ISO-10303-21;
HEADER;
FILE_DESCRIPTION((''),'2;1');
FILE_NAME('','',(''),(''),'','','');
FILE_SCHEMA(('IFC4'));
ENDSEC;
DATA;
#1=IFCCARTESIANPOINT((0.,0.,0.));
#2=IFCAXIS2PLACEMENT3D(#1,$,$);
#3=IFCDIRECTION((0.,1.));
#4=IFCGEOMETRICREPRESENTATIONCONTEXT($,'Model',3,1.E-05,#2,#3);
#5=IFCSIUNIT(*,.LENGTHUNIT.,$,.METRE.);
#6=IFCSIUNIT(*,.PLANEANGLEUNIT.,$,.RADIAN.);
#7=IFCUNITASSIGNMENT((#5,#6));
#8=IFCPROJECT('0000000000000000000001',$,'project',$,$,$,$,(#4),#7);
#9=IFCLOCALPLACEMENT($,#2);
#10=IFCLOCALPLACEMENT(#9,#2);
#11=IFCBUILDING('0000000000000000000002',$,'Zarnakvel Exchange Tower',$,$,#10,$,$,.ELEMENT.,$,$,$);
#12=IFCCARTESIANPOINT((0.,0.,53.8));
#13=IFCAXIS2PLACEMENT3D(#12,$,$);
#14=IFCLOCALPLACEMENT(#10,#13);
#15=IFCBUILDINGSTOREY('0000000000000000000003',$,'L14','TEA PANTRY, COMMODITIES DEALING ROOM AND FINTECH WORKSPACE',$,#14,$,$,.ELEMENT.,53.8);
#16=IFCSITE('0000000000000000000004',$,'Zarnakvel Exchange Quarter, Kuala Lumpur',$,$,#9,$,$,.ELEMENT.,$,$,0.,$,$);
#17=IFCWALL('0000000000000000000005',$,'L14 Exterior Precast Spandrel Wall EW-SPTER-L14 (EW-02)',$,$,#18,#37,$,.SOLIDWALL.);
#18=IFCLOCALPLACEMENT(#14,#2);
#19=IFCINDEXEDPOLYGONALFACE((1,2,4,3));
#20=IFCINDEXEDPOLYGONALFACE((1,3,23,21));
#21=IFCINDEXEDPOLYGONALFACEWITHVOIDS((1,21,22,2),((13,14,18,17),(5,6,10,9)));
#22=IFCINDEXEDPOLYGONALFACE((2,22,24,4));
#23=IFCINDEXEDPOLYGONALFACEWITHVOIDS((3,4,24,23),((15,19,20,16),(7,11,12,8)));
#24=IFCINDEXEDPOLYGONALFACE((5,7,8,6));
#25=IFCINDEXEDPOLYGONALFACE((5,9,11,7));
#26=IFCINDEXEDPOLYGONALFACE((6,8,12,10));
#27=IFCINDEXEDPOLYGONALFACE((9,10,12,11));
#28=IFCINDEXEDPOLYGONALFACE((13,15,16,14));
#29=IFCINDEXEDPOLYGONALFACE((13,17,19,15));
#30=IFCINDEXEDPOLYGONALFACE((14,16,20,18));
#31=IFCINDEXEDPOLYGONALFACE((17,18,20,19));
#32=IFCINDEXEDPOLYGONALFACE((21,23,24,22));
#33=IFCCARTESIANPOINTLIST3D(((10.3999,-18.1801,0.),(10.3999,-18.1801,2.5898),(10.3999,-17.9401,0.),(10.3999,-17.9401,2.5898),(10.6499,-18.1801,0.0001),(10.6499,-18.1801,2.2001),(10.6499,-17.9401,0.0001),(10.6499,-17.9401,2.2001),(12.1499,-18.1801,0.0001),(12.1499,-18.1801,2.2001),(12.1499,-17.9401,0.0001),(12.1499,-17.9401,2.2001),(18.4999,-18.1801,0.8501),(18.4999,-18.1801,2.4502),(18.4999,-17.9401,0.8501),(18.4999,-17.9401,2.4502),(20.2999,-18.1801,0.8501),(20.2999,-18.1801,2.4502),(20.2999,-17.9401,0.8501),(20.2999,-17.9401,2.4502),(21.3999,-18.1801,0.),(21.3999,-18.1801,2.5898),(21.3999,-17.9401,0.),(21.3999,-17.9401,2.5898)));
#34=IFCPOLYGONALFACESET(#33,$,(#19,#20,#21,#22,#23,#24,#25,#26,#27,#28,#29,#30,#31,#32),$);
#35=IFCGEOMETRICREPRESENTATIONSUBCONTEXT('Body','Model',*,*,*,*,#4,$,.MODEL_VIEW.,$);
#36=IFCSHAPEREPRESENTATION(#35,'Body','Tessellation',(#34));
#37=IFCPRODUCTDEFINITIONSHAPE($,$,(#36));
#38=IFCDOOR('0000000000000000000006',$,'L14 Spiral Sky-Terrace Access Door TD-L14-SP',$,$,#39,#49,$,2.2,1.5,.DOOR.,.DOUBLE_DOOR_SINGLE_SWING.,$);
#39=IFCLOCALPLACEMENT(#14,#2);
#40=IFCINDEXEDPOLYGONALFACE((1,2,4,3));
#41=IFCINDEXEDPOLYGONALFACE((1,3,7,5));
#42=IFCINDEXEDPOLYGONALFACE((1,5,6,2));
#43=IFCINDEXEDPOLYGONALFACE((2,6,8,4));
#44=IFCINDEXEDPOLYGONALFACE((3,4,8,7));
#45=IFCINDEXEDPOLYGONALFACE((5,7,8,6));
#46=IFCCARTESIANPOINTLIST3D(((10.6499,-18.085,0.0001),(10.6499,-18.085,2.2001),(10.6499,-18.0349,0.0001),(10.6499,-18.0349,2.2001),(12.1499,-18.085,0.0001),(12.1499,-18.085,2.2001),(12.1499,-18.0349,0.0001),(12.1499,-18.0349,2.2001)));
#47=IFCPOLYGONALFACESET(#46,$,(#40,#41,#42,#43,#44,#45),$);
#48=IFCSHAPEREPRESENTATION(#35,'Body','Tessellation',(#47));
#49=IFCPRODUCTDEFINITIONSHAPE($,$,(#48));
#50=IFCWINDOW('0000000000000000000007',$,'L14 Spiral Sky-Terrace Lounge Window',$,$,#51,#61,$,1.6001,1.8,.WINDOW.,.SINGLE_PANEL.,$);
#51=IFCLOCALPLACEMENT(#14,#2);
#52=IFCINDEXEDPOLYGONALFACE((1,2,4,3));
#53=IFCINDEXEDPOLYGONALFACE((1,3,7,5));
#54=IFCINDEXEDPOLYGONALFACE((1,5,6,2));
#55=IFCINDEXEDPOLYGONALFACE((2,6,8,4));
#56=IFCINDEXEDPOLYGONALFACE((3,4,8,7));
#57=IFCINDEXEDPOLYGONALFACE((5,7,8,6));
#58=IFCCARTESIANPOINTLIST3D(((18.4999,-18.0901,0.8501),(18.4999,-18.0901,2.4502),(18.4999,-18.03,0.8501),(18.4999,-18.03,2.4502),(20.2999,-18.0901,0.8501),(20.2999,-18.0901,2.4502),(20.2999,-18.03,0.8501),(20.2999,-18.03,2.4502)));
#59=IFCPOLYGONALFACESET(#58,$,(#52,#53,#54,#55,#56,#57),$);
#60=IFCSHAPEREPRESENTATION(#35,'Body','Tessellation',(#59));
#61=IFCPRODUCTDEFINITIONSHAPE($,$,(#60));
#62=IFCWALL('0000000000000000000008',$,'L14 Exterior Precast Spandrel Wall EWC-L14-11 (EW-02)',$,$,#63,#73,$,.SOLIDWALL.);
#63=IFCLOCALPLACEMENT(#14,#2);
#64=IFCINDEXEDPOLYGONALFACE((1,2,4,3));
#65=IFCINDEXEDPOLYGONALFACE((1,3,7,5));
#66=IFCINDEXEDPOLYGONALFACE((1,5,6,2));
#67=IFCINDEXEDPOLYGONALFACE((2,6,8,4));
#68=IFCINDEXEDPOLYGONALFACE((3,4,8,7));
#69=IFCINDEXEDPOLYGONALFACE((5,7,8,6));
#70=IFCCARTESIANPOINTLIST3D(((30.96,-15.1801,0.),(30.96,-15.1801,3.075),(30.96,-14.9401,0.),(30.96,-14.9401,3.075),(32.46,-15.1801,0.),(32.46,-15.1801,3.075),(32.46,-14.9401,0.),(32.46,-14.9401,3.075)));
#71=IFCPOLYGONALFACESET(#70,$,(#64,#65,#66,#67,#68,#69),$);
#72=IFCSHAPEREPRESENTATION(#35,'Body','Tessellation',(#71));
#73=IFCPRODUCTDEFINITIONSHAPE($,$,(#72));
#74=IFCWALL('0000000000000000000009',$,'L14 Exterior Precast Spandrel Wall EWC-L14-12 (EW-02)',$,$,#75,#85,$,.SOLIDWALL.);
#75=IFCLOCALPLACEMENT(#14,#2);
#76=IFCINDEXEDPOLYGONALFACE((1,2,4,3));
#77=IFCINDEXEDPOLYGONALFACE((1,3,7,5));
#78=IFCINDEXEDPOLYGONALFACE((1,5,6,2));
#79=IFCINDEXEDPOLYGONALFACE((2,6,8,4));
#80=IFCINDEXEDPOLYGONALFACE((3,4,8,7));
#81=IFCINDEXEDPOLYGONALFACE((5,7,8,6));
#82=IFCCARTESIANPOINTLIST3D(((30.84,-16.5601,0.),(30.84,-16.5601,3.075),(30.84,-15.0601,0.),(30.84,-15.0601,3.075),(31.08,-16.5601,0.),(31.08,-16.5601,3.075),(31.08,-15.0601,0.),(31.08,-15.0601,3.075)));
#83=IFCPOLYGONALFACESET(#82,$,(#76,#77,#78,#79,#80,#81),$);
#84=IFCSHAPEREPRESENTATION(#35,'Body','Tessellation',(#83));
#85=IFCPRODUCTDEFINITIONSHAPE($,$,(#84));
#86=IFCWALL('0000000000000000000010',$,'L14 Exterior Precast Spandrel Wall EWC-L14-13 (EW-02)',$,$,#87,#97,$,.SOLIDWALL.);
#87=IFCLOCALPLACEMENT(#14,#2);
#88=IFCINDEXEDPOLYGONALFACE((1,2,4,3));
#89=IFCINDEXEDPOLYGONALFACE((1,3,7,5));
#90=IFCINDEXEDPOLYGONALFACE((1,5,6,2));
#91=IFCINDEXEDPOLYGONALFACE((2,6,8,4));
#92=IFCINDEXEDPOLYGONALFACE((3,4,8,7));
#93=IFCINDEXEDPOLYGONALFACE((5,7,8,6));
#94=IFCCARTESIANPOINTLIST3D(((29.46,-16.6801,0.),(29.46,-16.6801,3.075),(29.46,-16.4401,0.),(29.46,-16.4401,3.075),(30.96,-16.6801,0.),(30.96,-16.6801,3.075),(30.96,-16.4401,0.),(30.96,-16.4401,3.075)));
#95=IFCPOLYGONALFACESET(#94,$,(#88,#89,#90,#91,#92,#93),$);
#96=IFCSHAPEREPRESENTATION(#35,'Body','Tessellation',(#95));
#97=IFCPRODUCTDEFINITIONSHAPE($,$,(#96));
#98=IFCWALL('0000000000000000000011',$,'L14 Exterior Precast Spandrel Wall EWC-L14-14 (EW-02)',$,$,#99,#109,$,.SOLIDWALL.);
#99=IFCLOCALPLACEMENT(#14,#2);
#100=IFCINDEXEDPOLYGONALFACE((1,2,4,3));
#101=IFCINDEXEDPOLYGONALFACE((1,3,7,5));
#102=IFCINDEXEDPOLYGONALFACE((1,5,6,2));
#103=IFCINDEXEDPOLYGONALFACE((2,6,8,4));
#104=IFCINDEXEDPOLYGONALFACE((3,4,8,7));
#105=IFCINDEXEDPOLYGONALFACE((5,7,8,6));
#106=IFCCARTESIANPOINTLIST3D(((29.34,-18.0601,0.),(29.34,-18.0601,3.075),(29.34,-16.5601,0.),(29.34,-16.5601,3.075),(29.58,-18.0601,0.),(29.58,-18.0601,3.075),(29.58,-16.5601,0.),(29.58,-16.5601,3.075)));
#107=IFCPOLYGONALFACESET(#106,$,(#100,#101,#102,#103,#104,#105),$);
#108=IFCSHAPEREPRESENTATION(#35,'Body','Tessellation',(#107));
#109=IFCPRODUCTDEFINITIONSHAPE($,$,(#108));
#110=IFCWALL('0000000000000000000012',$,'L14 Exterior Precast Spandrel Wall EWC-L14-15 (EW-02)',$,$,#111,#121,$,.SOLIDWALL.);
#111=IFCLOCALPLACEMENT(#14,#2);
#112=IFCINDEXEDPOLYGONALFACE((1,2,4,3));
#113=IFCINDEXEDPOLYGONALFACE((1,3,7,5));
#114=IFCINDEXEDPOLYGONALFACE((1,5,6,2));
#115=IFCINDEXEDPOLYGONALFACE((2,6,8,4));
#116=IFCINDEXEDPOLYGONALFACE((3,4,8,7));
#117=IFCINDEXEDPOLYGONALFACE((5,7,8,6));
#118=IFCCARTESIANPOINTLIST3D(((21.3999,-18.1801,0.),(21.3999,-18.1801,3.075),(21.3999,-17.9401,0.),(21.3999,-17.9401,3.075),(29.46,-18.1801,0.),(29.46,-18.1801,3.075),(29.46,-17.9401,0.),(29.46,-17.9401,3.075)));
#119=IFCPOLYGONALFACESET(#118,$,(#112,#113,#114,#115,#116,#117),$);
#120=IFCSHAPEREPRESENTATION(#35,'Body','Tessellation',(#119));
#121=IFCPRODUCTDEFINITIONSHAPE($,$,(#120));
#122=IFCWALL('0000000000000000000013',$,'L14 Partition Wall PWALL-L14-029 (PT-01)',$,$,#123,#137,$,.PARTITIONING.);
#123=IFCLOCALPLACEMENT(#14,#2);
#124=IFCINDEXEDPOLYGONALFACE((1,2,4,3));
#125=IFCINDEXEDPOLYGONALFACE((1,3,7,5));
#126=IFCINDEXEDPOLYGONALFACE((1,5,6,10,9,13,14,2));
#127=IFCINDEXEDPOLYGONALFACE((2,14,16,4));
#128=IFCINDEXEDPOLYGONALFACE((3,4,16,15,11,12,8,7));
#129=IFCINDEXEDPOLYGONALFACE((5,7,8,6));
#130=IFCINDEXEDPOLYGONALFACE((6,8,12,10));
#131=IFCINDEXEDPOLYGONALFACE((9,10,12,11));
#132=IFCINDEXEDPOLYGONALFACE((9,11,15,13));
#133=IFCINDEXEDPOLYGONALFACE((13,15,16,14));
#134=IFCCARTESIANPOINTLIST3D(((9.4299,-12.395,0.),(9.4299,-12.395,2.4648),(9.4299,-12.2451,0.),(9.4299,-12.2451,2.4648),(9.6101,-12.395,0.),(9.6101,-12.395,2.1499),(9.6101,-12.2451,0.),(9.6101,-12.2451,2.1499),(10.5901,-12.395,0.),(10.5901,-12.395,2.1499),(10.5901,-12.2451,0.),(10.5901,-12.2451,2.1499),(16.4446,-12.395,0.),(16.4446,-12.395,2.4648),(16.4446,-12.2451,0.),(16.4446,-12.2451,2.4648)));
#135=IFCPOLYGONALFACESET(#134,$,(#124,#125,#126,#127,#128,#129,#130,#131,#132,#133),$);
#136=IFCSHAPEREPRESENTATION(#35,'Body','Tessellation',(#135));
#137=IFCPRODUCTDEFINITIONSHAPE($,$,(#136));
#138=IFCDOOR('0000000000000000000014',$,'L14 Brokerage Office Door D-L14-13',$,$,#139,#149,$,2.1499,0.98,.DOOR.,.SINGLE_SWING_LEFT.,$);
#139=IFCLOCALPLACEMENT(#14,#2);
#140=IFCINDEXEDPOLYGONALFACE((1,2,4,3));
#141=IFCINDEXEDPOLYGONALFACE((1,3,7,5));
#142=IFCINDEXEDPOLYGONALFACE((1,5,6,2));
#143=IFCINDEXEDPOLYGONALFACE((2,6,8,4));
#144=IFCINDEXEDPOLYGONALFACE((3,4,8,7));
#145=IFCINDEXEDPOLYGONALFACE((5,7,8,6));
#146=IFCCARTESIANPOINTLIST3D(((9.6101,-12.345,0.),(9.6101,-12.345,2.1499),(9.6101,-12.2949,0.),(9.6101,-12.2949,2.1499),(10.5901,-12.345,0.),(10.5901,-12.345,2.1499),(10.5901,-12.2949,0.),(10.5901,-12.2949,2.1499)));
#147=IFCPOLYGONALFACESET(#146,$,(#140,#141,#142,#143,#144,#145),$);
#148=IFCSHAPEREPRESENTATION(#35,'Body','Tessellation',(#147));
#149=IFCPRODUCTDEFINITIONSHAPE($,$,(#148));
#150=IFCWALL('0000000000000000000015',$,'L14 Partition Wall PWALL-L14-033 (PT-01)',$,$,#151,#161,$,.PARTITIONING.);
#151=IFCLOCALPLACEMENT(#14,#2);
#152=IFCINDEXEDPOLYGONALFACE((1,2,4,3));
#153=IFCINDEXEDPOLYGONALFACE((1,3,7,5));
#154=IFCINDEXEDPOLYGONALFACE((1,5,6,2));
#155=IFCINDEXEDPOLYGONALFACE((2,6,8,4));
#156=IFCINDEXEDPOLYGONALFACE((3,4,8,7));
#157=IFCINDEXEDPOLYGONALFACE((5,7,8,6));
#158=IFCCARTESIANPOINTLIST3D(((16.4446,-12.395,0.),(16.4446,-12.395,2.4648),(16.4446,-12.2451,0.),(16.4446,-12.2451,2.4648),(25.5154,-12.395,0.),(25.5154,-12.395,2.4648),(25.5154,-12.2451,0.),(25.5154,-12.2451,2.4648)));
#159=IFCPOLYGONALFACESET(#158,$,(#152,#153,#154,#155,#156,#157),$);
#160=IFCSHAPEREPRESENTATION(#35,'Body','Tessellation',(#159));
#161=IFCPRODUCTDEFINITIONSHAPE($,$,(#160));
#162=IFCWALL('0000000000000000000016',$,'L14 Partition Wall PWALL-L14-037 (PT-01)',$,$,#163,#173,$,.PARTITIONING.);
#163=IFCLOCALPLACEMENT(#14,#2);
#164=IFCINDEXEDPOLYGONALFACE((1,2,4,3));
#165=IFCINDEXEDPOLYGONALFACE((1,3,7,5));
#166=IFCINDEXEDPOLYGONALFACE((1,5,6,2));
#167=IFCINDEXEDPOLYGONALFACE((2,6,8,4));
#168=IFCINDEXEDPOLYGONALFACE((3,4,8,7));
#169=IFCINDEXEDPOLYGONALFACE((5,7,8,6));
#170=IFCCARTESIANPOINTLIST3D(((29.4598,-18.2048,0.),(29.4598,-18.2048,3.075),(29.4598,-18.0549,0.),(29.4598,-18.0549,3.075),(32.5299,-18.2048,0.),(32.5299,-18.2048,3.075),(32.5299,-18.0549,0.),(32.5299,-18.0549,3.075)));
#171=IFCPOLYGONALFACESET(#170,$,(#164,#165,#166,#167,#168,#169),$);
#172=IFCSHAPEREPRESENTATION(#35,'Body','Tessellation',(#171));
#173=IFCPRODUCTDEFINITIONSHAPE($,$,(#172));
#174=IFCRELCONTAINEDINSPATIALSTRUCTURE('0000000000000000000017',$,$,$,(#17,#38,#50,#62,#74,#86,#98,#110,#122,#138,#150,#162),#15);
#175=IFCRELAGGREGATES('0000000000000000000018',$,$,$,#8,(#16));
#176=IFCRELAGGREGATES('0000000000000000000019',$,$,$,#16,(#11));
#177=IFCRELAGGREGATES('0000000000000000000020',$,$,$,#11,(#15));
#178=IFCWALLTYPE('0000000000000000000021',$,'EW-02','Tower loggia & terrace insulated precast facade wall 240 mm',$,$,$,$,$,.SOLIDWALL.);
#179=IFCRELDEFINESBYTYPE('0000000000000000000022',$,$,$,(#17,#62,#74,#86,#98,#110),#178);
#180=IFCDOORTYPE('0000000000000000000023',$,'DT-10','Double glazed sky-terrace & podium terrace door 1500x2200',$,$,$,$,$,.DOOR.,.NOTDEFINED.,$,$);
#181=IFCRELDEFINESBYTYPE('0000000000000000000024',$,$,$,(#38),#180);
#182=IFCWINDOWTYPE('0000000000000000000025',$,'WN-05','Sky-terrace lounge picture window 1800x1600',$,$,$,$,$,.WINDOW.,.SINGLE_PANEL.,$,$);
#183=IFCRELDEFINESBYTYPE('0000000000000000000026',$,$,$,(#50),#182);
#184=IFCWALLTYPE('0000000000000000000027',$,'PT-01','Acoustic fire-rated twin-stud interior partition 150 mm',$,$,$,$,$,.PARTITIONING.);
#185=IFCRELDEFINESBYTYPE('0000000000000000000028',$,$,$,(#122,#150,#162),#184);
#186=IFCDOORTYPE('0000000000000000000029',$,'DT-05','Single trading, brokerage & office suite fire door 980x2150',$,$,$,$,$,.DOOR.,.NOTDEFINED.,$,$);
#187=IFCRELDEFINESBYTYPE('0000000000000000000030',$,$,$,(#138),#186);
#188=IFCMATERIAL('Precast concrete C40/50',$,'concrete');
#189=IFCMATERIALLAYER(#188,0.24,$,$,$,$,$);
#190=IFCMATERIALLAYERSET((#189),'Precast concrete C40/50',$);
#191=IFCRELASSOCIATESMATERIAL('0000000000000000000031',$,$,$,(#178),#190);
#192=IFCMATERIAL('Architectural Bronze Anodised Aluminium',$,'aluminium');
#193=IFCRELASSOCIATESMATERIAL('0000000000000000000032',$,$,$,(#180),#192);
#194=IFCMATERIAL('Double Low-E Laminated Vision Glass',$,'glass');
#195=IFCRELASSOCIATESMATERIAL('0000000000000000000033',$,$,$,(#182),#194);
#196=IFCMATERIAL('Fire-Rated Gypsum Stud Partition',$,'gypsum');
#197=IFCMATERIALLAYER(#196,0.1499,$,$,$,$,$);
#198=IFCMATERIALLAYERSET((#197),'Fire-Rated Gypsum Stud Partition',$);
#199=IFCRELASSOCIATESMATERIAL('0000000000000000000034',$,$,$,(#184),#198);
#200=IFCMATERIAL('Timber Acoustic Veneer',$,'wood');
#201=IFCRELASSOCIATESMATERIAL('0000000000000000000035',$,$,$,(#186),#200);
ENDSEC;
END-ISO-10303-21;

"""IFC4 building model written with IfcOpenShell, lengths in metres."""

from ifc_helpers import new_model, si_unit, direction, frame, frame_2d, origin, place, context, subcontext, project, spatial, rectangle, extrude, source, transform, mapped, material, layer, layer_set, type_object, element, fill, save


model = new_model("IFC4")

# Units and contexts
model_context = context("Model", 3, precision=1e-05, world=origin(), true_north=direction((0.0, 1.0)))
body_context = subcontext(model_context, "Body", "Model", "MODEL_VIEW")
ifc_project = project(units=[si_unit("LENGTHUNIT", "METRE"), si_unit("PLANEANGLEUNIT", "RADIAN")], contexts=[model_context])

# Site, building, storey
site_placement = place(None, origin())
site = spatial("IfcSite", under=ifc_project, at=site_placement, Name="Zarnakvel Exchange Quarter, Kuala Lumpur", CompositionType="ELEMENT", RefElevation=0.0)
building_placement = place(site_placement, origin())
building = spatial("IfcBuilding", under=site, at=building_placement, Name="Zarnakvel Exchange Tower", CompositionType="ELEMENT")
storey_placement = place(building_placement, frame((0.0, 0.0, 53.8)))
storey = spatial("IfcBuildingStorey", under=building, at=storey_placement, Name="L14", Description="TEA PANTRY, COMMODITIES DEALING ROOM AND FINTECH WORKSPACE", CompositionType="ELEMENT", Elevation=53.8)

# Shared definitions
ifc_material_1 = material(Name="Architectural Bronze Anodised Aluminium", Category="aluminium")

# Wall, openings, door, window
ifc_material_2 = material(Name="Precast concrete C40/50", Category="concrete")
ifc_layer_1 = layer(ifc_material_2, 0.24)
ifc_layer_set_1 = layer_set([ifc_layer_1], Name="Precast concrete C40/50")
wall_type_1 = type_object("IfcWallType", Name="EW-02", Description="Tower loggia & terrace insulated precast facade wall 240 mm", PredefinedType="SOLIDWALL", material=ifc_layer_set_1)
wall_1_placement = place(storey_placement, frame((21.3999, -18.0601, 0.0), z_axis=(0.0, 0.0, 1.0), x_axis=(-1.0, 0.0, 0.0)))
wall_1 = element("IfcWall", 1, at=wall_1_placement, inside=storey, type_object=wall_type_1, Name="L14 Exterior Precast Spandrel Wall EW-SPTER-L14 (EW-02)", PredefinedType="SOLIDWALL", context=body_context, shape_type="SweptSolid", body=[
    extrude(rectangle(XDim=11.0, YDim=0.24, at=frame_2d((5.5, 0.0))), origin(), (0.0, 0.0, 1.0), 2.5898),
])
opening_1_placement = place(wall_1_placement, frame((9.25, 0.0, 0.0)))
opening_1 = element("IfcOpeningElement", 2, at=opening_1_placement, cuts=wall_1, PredefinedType="OPENING", context=body_context, shape_type="SweptSolid", body=[
    extrude(rectangle(XDim=1.5, YDim=2.2, at=frame_2d((0.75, 1.1001))), frame((0.0, 0.1299, 0.0), z_axis=(0.0, -1.0, 0.0), x_axis=(1.0, 0.0, 0.0)), (0.0, 0.0, 1.0), 0.26),
])
opening_2_placement = place(wall_1_placement, frame((1.1001, 0.0, 0.8501)))
opening_2 = element("IfcOpeningElement", 3, at=opening_2_placement, cuts=wall_1, PredefinedType="OPENING", context=body_context, shape_type="SweptSolid", body=[
    extrude(rectangle(XDim=1.8, YDim=1.6001, at=frame_2d((0.8999, 0.8))), frame((0.0, 0.1299, 0.0), z_axis=(0.0, -1.0, 0.0), x_axis=(1.0, 0.0, 0.0)), (0.0, 0.0, 1.0), 0.26),
])
door_type_1 = type_object("IfcDoorType", Name="DT-10", Description="Double glazed sky-terrace & podium terrace door 1500x2200", OperationType="NOTDEFINED", PredefinedType="DOOR", material=ifc_material_1)
shared_shape_1 = source(origin(), body_context, "Body", "SweptSolid", [
    extrude(rectangle(XDim=1.5, YDim=2.2, at=frame_2d((0.75, 1.1001))), frame((0.0, 0.0249, 0.0), z_axis=(0.0, -1.0, 0.0), x_axis=(1.0, 0.0, 0.0)), (0.0, 0.0, 1.0), 0.05),
])
door_1_placement = place(opening_1_placement, origin())
door_1 = element("IfcDoor", 4, at=door_1_placement, inside=storey, type_object=door_type_1, Name="L14 Spiral Sky-Terrace Access Door TD-L14-SP", OperationType="DOUBLE_DOOR_SINGLE_SWING", OverallHeight=2.2, OverallWidth=1.5, PredefinedType="DOOR", context=body_context, shape_type="MappedRepresentation", body=[
    mapped(shared_shape_1, transform((0.0, 0.0, 0.0), x_axis=(1.0, 0.0, 0.0), y_axis=(0.0, 1.0, 0.0), z_axis=(0.0, 0.0, 1.0), scale=1.0)),
])
fill(opening_1, door_1)
ifc_material_3 = material(Name="Double Low-E Laminated Vision Glass", Category="glass")
window_type = type_object("IfcWindowType", Name="WN-05", Description="Sky-terrace lounge picture window 1800x1600", PartitioningType="SINGLE_PANEL", PredefinedType="WINDOW", material=ifc_material_3)
shared_shape_2 = source(origin(), body_context, "Body", "SweptSolid", [
    extrude(rectangle(XDim=1.8, YDim=1.6001, at=frame_2d((0.8999, 0.8))), frame((0.0, 0.03, 0.0), z_axis=(0.0, -1.0, 0.0), x_axis=(1.0, 0.0, 0.0)), (0.0, 0.0, 1.0), 0.0601),
])
window_placement = place(opening_2_placement, origin())
window = element("IfcWindow", 5, at=window_placement, inside=storey, type_object=window_type, Name="L14 Spiral Sky-Terrace Lounge Window", OverallHeight=1.6001, OverallWidth=1.8, PartitioningType="SINGLE_PANEL", PredefinedType="WINDOW", context=body_context, shape_type="MappedRepresentation", body=[
    mapped(shared_shape_2, transform((0.0, 0.0, 0.0), x_axis=(1.0, 0.0, 0.0), y_axis=(0.0, 1.0, 0.0), z_axis=(0.0, 0.0, 1.0), scale=1.0)),
])
fill(opening_2, window)

# Walls
for number, where, z_axis, x_axis, name in (
    (6, (30.96, -15.0601, 0.0), (0.0, 0.0, 1.0), (1.0, 0.0, 0.0), "L14 Exterior Precast Spandrel Wall EWC-L14-11 (EW-02)"),
    (7, (30.96, -16.5601, 0.0), (0.0, 0.0, 1.0), (0.0, 1.0, 0.0), "L14 Exterior Precast Spandrel Wall EWC-L14-12 (EW-02)"),
    (8, (29.46, -16.5601, 0.0), (0.0, 0.0, 1.0), (1.0, 0.0, 0.0), "L14 Exterior Precast Spandrel Wall EWC-L14-13 (EW-02)"),
    (9, (29.46, -18.0601, 0.0), (0.0, 0.0, 1.0), (0.0, 1.0, 0.0), "L14 Exterior Precast Spandrel Wall EWC-L14-14 (EW-02)"),
):
    element("IfcWall", number, at=place(storey_placement, frame(where, z_axis=z_axis, x_axis=x_axis)), inside=storey, type_object=wall_type_1, Name=name, PredefinedType="SOLIDWALL", context=body_context, shape_type="SweptSolid", body=[
        extrude(rectangle(XDim=1.5, YDim=0.24, at=frame_2d((0.75, 0.0))), origin(), (0.0, 0.0, 1.0), 3.075),
    ])
wall_2_placement = place(storey_placement, frame((21.3999, -18.0601, 0.0), z_axis=(0.0, 0.0, 1.0), x_axis=(1.0, 0.0, 0.0)))
element("IfcWall", 10, at=wall_2_placement, inside=storey, type_object=wall_type_1, Name="L14 Exterior Precast Spandrel Wall EWC-L14-15 (EW-02)", PredefinedType="SOLIDWALL", context=body_context, shape_type="SweptSolid", body=[
    extrude(rectangle(XDim=8.0601, YDim=0.24, at=frame_2d((4.03, 0.0))), origin(), (0.0, 0.0, 1.0), 3.075),
])

# Wall, opening, door
ifc_material_4 = material(Name="Fire-Rated Gypsum Stud Partition", Category="gypsum")
ifc_layer_2 = layer(ifc_material_4, 0.1499)
ifc_layer_set_2 = layer_set([ifc_layer_2], Name="Fire-Rated Gypsum Stud Partition")
wall_type_2 = type_object("IfcWallType", Name="PT-01", Description="Acoustic fire-rated twin-stud interior partition 150 mm", PredefinedType="PARTITIONING", material=ifc_layer_set_2)
wall_3_placement = place(storey_placement, frame((16.4446, -12.3201, 0.0), z_axis=(0.0, 0.0, 1.0), x_axis=(-1.0, 0.0, 0.0)))
wall_3 = element("IfcWall", 11, at=wall_3_placement, inside=storey, type_object=wall_type_2, Name="L14 Partition Wall PWALL-L14-029 (PT-01)", PredefinedType="PARTITIONING", context=body_context, shape_type="SweptSolid", body=[
    extrude(rectangle(XDim=7.0146, YDim=0.1499, at=frame_2d((3.5073, 0.0))), origin(), (0.0, 0.0, 1.0), 2.4648),
])
opening_3_placement = place(wall_3_placement, frame((5.8545, 0.0, 0.0)))
opening_3 = element("IfcOpeningElement", 12, at=opening_3_placement, cuts=wall_3, PredefinedType="OPENING", context=body_context, shape_type="SweptSolid", body=[
    extrude(rectangle(XDim=0.98, YDim=2.1499, at=frame_2d((0.49, 1.075))), frame((0.0, 0.085, 0.0), z_axis=(0.0, -1.0, 0.0), x_axis=(1.0, 0.0, 0.0)), (0.0, 0.0, 1.0), 0.1699),
])
ifc_material_5 = material(Name="Timber Acoustic Veneer", Category="wood")
door_type_2 = type_object("IfcDoorType", Name="DT-05", Description="Single trading, brokerage & office suite fire door 980x2150", OperationType="NOTDEFINED", PredefinedType="DOOR", material=ifc_material_5)
shared_shape_3 = source(origin(), body_context, "Body", "SweptSolid", [
    extrude(rectangle(XDim=0.98, YDim=2.1499, at=frame_2d((0.49, 1.075))), frame((0.0, 0.0249, 0.0), z_axis=(0.0, -1.0, 0.0), x_axis=(1.0, 0.0, 0.0)), (0.0, 0.0, 1.0), 0.05),
])
door_2_placement = place(opening_3_placement, origin())
door_2 = element("IfcDoor", 13, at=door_2_placement, inside=storey, type_object=door_type_2, Name="L14 Brokerage Office Door D-L14-13", OperationType="SINGLE_SWING_LEFT", OverallHeight=2.1499, OverallWidth=0.98, PredefinedType="DOOR", context=body_context, shape_type="MappedRepresentation", body=[
    mapped(shared_shape_3, transform((0.0, 0.0, 0.0), x_axis=(1.0, 0.0, 0.0), y_axis=(0.0, 1.0, 0.0), z_axis=(0.0, 0.0, 1.0), scale=1.0)),
])
fill(opening_3, door_2)

# Walls
wall_4_placement = place(storey_placement, frame((25.5154, -12.3201, 0.0), z_axis=(0.0, 0.0, 1.0), x_axis=(-1.0, 0.0, 0.0)))
element("IfcWall", 14, at=wall_4_placement, inside=storey, type_object=wall_type_2, Name="L14 Partition Wall PWALL-L14-033 (PT-01)", PredefinedType="PARTITIONING", context=body_context, shape_type="SweptSolid", body=[
    extrude(rectangle(XDim=9.0708, YDim=0.1499, at=frame_2d((4.5354, 0.0))), origin(), (0.0, 0.0, 1.0), 2.4648),
])
wall_5_placement = place(storey_placement, frame((32.53, -18.1299, 0.0), z_axis=(0.0, 0.0, 1.0), x_axis=(-1.0, 0.0, 0.0)))
element("IfcWall", 15, at=wall_5_placement, inside=storey, type_object=wall_type_2, Name="L14 Partition Wall PWALL-L14-037 (PT-01)", PredefinedType="PARTITIONING", context=body_context, shape_type="SweptSolid", body=[
    extrude(rectangle(XDim=3.0701, YDim=0.1499, at=frame_2d((1.5352, 0.0))), origin(), (0.0, 0.0, 1.0), 3.075),
])

save(model, "model.ifc")
